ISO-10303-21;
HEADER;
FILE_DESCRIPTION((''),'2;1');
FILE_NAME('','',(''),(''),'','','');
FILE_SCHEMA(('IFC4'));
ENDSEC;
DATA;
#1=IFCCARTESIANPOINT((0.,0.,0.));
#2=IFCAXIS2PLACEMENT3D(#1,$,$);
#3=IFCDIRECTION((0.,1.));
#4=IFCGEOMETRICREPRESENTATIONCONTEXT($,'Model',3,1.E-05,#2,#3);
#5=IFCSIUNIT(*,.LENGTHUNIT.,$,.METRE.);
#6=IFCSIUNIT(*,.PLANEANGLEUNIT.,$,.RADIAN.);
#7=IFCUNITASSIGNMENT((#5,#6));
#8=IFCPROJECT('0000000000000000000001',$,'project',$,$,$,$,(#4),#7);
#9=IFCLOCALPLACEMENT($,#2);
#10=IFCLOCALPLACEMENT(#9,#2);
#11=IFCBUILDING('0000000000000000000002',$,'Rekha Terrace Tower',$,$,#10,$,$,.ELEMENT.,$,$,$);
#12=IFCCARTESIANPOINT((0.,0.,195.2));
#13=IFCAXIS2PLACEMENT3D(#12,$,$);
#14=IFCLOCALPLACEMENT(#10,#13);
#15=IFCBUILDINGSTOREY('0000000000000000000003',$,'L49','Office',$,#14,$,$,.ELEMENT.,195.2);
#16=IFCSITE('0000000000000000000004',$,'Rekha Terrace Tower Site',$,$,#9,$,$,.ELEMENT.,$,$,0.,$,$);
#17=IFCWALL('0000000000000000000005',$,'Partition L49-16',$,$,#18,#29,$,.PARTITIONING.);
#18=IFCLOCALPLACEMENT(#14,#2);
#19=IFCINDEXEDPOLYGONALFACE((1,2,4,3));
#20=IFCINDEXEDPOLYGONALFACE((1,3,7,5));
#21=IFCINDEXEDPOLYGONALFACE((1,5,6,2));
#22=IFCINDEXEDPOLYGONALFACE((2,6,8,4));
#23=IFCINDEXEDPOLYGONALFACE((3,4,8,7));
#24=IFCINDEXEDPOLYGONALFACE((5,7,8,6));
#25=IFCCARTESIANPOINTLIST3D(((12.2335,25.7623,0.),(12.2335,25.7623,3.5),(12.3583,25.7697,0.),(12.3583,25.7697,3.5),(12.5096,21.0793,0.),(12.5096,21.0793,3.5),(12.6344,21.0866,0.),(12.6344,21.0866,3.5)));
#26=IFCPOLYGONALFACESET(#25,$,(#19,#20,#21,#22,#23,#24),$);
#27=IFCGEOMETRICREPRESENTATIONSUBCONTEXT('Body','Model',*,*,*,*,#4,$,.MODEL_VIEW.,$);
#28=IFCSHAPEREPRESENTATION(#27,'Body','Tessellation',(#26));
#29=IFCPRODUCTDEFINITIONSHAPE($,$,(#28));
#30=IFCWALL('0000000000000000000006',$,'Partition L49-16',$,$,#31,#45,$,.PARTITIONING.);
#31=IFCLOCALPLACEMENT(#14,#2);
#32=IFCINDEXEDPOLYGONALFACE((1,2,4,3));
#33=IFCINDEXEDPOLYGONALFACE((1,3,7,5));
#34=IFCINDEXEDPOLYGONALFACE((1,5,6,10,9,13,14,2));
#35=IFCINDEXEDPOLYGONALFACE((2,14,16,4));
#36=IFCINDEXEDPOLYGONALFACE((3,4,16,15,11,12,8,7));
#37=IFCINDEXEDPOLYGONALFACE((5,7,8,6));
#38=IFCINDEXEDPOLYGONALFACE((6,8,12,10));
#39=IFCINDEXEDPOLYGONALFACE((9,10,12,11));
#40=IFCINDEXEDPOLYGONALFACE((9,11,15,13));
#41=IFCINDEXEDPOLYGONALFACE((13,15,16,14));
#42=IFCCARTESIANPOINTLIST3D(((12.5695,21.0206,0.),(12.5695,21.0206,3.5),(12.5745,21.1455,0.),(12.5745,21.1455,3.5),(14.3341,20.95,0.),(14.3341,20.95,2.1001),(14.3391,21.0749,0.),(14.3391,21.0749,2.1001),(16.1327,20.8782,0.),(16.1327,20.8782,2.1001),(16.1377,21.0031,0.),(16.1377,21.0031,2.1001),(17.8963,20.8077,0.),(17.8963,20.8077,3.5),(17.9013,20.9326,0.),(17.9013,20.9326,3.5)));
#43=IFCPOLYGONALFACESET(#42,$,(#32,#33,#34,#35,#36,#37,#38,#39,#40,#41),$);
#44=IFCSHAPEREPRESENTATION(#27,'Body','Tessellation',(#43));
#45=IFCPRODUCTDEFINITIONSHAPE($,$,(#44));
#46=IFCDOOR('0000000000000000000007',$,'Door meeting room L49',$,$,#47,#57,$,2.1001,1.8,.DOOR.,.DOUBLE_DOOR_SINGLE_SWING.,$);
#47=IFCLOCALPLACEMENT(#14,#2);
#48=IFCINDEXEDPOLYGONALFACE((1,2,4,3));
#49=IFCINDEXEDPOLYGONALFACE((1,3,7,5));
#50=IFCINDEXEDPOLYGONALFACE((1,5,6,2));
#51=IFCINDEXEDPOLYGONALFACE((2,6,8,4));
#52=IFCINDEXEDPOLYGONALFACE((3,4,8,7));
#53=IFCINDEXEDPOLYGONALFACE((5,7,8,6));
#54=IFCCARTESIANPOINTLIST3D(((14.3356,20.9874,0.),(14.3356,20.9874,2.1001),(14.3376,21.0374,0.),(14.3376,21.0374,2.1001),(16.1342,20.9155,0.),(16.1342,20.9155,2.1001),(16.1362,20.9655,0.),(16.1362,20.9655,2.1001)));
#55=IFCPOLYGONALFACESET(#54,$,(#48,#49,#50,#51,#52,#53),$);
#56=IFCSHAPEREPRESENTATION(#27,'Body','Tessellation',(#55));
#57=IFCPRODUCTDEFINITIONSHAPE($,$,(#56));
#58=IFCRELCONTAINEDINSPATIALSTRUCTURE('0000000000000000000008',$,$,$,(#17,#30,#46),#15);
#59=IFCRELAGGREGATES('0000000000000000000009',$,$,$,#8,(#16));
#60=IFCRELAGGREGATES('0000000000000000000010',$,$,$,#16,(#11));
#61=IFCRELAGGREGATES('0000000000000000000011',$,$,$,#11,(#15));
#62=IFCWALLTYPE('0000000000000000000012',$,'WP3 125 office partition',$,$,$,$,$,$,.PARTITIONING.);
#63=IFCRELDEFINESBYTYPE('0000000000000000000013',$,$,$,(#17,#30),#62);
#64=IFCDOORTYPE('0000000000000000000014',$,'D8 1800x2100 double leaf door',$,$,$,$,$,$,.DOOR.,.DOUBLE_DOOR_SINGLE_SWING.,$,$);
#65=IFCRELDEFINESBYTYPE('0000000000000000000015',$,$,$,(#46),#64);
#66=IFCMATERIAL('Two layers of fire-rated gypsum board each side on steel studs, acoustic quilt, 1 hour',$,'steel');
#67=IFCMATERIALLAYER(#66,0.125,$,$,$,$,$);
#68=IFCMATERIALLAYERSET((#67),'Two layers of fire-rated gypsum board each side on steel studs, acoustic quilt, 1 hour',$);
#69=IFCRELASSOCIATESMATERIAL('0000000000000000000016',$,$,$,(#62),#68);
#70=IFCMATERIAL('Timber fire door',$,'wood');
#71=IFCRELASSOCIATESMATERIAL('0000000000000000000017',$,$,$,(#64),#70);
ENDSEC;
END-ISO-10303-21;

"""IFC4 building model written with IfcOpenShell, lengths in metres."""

from ifc_helpers import new_model, si_unit, direction, frame, frame_2d, origin, place, context, subcontext, project, spatial, rectangle, extrude, material, layer, layer_set, type_object, element, fill, save


model = new_model("IFC4")

# Units and contexts
model_context = context("Model", 3, precision=1e-05, world=origin(), true_north=direction((0.0, 1.0)))
body_context = subcontext(model_context, "Body", "Model", "MODEL_VIEW")
ifc_project = project(units=[si_unit("LENGTHUNIT", "METRE"), si_unit("PLANEANGLEUNIT", "RADIAN")], contexts=[model_context])

# Site, building, storey
site_placement = place(None, origin())
site = spatial("IfcSite", under=ifc_project, at=site_placement, Name="Rekha Terrace Tower Site", CompositionType="ELEMENT", RefElevation=0.0)
building_placement = place(site_placement, origin())
building = spatial("IfcBuilding", under=site, at=building_placement, Name="Rekha Terrace Tower", CompositionType="ELEMENT")
storey_placement = place(building_placement, frame((0.0, 0.0, 195.2)))
storey = spatial("IfcBuildingStorey", under=building, at=storey_placement, Name="L49", Description="Office", CompositionType="ELEMENT", Elevation=195.2)

# Wall
ifc_material_1 = material(Name="Two layers of fire-rated gypsum board each side on steel studs, acoustic quilt, 1 hour", Category="steel")
ifc_layer_1 = layer(ifc_material_1, 0.125)
ifc_layer_set_1 = layer_set([ifc_layer_1], Name="Two layers of fire-rated gypsum board each side on steel studs, acoustic quilt, 1 hour")
wall_type = type_object("IfcWallType", Name="WP3 125 office partition", PredefinedType="PARTITIONING", material=ifc_layer_set_1)
wall_1_placement = place(storey_placement, frame((12.2959, 25.7661, 0.0), z_axis=(0.0, 0.0, 1.0), x_axis=(0.058859, -0.998266, 0.0)))
element("IfcWall", 1, at=wall_1_placement, inside=storey, type_object=wall_type, Name="Partition L49-16", PredefinedType="PARTITIONING", context=body_context, shape_type="SweptSolid", body=[
    extrude(rectangle(XDim=4.6912, YDim=0.125, at=frame_2d((2.3457, 0.0))), origin(), (0.0, 0.0, 1.0), 3.5),
])

# Wall, opening, door
wall_2_placement = place(storey_placement, frame((12.572, 21.083, 0.0), z_axis=(0.0, 0.0, 1.0), x_axis=(0.999202, -0.039933, 0.0)))
wall_2 = element("IfcWall", 2, at=wall_2_placement, inside=storey, type_object=wall_type, Name="Partition L49-16", PredefinedType="PARTITIONING", context=body_context, shape_type="SweptSolid", body=[
    extrude(rectangle(XDim=5.3311, YDim=0.125, at=frame_2d((2.6655, 0.0))), origin(), (0.0, 0.0, 1.0), 3.5),
])
opening_placement = place(wall_2_placement, frame((1.7661, 0.0, 0.0)))
opening = element("IfcOpeningElement", 3, at=opening_placement, cuts=wall_2, PredefinedType="OPENING", context=body_context, shape_type="SweptSolid", body=[
    extrude(rectangle(XDim=1.8, YDim=2.1001, at=frame_2d((0.8999, 1.05))), frame((0.0, 0.0725, 0.0), z_axis=(0.0, -1.0, 0.0), x_axis=(1.0, 0.0, 0.0)), (0.0, 0.0, 1.0), 0.145),
])
ifc_material_2 = material(Name="Timber fire door", Category="wood")
door_type = type_object("IfcDoorType", Name="D8 1800x2100 double leaf door", OperationType="DOUBLE_DOOR_SINGLE_SWING", PredefinedType="DOOR", material=ifc_material_2)
door_placement = place(opening_placement, origin())
door = element("IfcDoor", 4, at=door_placement, inside=storey, type_object=door_type, Name="Door meeting room L49", OperationType="DOUBLE_DOOR_SINGLE_SWING", OverallHeight=2.1001, OverallWidth=1.8, PredefinedType="DOOR", context=body_context, shape_type="SweptSolid", body=[
    extrude(rectangle(XDim=1.8, YDim=2.1001, at=frame_2d((0.8999, 1.05))), frame((0.0, 0.0249, 0.0), z_axis=(0.0, -1.0, 0.0), x_axis=(1.0, 0.0, 0.0)), (0.0, 0.0, 1.0), 0.05),
])
fill(opening, door)

save(model, "model.ifc")
